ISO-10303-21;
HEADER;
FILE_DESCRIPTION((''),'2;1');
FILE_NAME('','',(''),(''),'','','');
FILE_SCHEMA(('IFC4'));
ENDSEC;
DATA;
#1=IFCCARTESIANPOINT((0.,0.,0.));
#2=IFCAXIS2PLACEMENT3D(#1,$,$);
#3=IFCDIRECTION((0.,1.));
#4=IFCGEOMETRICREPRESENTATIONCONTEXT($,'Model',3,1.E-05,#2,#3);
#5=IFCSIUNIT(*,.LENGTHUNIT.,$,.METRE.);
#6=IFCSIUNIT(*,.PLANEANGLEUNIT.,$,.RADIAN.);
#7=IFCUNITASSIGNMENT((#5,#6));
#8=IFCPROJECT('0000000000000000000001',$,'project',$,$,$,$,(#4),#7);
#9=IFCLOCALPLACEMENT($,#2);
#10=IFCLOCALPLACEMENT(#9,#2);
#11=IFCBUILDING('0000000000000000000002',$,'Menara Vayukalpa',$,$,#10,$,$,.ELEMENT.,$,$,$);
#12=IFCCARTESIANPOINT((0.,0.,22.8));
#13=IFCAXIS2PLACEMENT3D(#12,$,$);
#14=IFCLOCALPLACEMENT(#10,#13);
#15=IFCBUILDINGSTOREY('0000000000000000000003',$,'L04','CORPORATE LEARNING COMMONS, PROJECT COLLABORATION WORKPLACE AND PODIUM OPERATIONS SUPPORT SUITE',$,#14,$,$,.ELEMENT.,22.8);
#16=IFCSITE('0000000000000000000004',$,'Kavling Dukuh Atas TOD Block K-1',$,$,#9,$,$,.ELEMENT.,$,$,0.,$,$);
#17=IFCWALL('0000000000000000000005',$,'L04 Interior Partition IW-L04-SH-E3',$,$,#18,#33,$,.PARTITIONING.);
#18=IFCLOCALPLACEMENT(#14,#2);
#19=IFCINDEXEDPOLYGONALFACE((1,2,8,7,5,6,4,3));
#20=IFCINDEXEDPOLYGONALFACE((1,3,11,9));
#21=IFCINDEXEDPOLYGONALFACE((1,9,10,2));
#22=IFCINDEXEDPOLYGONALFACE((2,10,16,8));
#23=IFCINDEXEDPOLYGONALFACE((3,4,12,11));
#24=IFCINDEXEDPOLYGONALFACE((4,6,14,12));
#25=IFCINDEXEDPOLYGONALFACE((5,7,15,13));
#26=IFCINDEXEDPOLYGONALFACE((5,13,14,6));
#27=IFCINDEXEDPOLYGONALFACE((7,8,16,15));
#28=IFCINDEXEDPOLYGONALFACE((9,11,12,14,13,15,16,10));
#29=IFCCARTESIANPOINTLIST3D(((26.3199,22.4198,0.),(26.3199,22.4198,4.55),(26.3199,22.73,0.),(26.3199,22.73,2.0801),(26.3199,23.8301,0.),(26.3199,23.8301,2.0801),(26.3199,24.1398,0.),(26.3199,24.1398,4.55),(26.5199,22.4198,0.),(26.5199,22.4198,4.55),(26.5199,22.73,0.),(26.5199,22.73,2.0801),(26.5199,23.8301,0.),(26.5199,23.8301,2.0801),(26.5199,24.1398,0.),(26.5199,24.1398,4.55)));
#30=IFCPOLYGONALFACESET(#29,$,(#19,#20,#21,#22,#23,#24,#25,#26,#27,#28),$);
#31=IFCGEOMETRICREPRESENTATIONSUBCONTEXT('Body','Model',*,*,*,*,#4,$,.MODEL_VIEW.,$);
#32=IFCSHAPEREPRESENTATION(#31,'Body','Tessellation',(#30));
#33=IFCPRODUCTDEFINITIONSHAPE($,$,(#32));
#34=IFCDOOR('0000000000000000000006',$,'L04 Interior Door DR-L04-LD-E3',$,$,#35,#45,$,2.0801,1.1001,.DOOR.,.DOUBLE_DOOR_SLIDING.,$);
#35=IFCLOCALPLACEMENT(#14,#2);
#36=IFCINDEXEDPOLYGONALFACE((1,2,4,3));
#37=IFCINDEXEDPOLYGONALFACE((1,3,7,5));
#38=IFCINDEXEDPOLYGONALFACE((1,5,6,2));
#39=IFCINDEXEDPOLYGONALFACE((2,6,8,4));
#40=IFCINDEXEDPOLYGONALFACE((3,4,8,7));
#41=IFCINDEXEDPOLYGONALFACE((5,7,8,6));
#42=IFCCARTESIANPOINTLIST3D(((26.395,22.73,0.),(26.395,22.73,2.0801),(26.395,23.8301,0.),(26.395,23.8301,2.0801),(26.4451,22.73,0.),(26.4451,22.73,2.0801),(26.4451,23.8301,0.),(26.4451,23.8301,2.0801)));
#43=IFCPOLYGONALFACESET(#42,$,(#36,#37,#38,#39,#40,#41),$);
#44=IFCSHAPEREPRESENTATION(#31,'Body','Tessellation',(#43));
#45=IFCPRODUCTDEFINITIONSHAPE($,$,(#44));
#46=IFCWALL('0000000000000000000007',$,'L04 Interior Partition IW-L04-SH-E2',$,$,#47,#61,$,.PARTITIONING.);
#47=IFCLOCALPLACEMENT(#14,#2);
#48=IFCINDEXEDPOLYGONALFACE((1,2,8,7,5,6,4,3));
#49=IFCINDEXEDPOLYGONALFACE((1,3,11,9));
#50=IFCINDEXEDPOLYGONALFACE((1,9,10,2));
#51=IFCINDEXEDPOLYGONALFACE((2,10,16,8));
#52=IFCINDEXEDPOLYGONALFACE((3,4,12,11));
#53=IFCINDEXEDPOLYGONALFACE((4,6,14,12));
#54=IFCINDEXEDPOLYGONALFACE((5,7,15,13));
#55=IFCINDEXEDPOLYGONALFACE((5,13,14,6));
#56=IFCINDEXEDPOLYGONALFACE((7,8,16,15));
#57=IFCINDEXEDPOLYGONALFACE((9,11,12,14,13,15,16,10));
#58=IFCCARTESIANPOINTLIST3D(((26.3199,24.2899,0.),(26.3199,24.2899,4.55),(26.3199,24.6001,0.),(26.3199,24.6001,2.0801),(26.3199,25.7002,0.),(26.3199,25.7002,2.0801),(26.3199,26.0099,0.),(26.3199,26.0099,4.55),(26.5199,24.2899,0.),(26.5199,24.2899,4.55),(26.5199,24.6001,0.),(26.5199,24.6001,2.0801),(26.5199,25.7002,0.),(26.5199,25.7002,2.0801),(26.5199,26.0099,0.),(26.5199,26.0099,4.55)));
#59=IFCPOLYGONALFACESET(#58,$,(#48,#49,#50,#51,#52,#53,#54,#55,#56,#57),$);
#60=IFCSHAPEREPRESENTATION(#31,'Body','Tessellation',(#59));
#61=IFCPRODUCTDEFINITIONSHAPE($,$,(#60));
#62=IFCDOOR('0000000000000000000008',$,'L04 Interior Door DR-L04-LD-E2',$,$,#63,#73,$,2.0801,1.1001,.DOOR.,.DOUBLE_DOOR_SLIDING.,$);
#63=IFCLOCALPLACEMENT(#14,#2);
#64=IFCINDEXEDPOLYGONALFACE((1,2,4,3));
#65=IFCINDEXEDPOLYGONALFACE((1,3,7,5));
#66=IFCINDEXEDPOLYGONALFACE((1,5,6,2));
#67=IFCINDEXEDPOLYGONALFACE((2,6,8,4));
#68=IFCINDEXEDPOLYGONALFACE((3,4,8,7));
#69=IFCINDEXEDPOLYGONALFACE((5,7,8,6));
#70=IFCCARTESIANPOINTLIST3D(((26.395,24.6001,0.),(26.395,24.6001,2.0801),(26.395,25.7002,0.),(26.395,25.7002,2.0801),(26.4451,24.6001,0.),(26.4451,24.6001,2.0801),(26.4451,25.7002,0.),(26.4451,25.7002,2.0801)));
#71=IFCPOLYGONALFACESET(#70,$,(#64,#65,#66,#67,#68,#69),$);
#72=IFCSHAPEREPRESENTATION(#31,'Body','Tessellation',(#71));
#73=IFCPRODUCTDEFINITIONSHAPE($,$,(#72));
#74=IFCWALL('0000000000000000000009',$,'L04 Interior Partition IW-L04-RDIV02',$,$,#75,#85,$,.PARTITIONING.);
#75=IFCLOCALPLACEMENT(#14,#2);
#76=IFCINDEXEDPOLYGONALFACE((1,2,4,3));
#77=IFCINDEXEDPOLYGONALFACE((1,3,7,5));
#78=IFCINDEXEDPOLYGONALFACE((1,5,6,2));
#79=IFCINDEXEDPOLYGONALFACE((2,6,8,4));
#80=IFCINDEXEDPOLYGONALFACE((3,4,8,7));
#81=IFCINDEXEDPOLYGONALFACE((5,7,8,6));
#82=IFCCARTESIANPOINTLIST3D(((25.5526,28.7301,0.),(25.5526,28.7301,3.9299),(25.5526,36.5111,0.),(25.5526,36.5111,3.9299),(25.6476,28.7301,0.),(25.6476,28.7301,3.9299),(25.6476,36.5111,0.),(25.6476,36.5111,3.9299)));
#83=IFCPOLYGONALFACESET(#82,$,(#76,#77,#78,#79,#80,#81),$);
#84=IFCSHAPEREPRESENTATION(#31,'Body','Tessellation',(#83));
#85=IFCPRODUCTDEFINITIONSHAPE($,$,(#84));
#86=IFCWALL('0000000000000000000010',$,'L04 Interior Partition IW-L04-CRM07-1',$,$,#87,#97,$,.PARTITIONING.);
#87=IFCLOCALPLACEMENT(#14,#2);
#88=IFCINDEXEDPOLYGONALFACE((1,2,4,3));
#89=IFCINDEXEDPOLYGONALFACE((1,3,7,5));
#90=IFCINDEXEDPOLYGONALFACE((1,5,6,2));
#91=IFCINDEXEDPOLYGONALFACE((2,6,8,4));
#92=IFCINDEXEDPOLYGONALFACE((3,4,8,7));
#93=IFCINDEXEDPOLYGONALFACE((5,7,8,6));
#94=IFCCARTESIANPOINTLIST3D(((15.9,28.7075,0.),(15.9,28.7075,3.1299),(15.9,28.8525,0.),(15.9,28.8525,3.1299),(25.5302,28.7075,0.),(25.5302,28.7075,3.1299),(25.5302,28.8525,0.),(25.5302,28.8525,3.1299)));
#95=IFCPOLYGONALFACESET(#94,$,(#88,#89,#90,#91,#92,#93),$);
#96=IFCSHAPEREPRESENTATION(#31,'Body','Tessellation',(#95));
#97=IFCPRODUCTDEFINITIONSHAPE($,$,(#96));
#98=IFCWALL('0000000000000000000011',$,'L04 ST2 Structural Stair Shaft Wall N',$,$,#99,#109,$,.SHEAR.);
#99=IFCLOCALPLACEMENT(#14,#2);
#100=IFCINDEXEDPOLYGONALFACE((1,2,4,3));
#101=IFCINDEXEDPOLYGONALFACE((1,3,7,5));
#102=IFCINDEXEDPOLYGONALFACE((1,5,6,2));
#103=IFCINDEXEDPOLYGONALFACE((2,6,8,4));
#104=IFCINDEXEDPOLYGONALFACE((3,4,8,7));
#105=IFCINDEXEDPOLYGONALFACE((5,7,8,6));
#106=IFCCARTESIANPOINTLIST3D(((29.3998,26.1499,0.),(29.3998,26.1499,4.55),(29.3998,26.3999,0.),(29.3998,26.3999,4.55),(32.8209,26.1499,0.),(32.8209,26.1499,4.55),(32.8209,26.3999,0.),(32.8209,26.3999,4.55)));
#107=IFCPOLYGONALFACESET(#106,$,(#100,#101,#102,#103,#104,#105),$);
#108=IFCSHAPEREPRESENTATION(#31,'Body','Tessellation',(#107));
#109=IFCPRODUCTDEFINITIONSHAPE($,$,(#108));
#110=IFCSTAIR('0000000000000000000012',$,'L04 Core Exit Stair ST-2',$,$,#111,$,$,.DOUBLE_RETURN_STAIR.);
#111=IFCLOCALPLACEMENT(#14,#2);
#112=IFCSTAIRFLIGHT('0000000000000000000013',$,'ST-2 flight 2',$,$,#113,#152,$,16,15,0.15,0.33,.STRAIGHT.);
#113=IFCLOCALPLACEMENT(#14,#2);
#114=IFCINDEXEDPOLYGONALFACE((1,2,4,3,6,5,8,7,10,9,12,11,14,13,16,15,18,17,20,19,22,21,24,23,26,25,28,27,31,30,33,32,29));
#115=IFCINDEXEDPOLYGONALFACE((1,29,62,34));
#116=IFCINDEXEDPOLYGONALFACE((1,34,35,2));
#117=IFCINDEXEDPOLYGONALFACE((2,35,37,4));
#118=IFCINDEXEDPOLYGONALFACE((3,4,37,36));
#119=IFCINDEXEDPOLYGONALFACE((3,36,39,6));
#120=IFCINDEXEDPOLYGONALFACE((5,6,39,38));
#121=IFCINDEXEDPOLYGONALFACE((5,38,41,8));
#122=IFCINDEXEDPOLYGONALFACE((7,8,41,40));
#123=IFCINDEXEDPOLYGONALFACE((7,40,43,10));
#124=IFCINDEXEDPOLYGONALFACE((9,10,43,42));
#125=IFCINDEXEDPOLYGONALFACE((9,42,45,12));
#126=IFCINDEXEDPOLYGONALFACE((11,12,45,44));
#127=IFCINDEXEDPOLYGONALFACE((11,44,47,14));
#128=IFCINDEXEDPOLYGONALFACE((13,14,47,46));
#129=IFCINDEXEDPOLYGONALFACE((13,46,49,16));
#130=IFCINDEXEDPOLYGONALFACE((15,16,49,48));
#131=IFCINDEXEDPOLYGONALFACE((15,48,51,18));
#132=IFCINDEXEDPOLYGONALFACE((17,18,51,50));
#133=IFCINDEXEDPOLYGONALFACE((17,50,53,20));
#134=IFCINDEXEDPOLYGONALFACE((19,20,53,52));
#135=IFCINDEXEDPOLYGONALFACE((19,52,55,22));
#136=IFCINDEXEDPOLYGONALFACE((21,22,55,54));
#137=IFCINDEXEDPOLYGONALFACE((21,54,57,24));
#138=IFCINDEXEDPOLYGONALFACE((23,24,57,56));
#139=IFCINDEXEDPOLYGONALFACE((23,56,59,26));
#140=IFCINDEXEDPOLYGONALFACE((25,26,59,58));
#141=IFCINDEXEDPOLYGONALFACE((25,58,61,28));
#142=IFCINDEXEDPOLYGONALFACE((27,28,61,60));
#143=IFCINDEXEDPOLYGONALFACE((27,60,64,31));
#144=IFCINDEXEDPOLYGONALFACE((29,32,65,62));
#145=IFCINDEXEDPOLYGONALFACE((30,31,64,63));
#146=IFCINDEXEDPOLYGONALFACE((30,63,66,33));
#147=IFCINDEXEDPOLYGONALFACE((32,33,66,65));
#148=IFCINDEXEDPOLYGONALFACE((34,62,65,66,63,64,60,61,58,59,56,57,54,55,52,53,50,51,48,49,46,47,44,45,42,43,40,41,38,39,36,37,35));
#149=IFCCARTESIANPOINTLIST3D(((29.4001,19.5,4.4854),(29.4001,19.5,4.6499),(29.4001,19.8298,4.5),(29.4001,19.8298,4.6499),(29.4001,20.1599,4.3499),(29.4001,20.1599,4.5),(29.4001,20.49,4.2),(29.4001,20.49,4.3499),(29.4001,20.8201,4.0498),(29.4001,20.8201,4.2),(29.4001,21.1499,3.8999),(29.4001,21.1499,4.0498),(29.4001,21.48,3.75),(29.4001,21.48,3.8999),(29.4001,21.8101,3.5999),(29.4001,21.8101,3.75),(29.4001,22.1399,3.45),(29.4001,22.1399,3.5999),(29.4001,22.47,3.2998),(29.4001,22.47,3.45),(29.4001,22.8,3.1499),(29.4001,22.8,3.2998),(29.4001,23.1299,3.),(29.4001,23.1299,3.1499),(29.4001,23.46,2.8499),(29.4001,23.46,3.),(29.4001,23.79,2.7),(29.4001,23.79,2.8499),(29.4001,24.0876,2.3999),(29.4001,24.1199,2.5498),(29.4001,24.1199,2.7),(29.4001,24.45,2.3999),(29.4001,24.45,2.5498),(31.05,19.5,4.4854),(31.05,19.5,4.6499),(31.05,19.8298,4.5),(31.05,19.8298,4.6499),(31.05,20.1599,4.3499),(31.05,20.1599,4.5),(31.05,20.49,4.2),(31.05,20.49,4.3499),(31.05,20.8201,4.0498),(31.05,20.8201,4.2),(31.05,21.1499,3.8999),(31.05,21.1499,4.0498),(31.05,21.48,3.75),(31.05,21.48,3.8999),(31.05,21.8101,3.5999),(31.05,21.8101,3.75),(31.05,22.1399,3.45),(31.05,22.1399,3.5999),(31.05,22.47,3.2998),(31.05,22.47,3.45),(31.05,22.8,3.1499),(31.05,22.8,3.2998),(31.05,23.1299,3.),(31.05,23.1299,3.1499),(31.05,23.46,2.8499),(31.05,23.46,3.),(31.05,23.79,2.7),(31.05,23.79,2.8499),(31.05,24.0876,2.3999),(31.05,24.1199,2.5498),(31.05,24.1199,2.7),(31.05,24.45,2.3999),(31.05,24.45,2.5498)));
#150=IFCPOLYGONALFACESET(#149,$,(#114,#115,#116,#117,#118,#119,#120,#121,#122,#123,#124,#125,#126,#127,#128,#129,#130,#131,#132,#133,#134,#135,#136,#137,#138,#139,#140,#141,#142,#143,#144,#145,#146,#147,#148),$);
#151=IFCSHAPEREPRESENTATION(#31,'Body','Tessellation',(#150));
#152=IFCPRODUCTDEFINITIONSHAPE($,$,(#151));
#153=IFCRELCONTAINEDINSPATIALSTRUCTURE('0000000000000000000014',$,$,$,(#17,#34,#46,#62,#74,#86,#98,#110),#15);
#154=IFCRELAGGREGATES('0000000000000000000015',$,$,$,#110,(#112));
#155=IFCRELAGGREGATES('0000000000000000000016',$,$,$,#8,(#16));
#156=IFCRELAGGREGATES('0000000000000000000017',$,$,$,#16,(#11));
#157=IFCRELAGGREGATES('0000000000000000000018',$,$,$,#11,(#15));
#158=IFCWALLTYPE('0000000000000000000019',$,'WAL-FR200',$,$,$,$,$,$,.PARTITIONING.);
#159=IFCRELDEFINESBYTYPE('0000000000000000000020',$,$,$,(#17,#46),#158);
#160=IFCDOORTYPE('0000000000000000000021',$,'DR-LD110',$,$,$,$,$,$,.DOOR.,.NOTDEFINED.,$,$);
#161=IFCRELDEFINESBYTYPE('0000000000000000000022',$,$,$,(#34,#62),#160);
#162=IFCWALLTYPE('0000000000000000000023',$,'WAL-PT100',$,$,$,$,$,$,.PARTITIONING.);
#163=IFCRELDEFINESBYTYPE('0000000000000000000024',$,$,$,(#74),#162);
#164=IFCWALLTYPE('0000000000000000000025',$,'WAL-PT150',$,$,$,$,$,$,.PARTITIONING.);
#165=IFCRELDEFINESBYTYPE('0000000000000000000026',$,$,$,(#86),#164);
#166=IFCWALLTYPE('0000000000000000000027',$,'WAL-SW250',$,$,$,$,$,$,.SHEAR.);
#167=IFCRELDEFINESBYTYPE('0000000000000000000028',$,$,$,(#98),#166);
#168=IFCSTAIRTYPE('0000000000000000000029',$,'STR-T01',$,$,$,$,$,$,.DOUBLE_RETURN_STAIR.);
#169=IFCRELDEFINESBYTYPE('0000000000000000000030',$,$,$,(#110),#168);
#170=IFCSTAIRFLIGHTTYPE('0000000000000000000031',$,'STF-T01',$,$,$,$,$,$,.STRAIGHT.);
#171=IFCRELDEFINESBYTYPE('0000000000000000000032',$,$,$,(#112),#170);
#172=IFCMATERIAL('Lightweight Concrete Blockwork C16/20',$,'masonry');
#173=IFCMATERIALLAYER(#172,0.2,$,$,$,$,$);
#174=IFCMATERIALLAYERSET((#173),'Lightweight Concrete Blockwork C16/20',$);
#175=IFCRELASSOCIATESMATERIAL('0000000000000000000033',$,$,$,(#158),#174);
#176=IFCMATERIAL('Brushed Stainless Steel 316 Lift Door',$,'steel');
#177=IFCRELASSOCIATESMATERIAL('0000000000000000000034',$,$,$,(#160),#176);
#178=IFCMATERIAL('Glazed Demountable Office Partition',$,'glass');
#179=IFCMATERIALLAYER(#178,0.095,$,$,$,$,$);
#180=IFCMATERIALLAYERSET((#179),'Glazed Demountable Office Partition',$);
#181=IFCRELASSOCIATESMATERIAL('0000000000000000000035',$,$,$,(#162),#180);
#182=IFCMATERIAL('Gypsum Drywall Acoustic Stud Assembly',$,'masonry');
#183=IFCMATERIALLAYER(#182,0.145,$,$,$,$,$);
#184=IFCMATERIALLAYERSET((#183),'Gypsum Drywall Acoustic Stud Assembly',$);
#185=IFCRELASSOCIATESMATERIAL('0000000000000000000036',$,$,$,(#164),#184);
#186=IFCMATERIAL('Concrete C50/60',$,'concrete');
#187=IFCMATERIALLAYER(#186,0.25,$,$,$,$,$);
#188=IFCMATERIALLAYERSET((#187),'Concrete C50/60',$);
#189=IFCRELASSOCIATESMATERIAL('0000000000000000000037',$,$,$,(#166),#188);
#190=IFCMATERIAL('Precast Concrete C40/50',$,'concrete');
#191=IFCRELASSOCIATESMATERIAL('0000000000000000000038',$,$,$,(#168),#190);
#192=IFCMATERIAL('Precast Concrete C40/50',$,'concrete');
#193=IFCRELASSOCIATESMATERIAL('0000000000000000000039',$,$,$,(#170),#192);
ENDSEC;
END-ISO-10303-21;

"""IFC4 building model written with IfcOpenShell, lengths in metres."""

from ifc_helpers import new_model, si_unit, direction, frame, frame_2d, origin, place, context, subcontext, project, spatial, polyline, rectangle, outline, extrude, material, layer, layer_set, type_object, element, fill, aggregate, save


model = new_model("IFC4")

# Units and contexts
model_context = context("Model", 3, precision=1e-05, world=origin(), true_north=direction((0.0, 1.0)))
body_context = subcontext(model_context, "Body", "Model", "MODEL_VIEW")
ifc_project = project(units=[si_unit("LENGTHUNIT", "METRE"), si_unit("PLANEANGLEUNIT", "RADIAN")], contexts=[model_context])

# Site, building, storey
site_placement = place(None, origin())
site = spatial("IfcSite", under=ifc_project, at=site_placement, Name="Kavling Dukuh Atas TOD Block K-1", CompositionType="ELEMENT", RefElevation=0.0)
building_placement = place(site_placement, origin())
building = spatial("IfcBuilding", under=site, at=building_placement, Name="Menara Vayukalpa", CompositionType="ELEMENT")
storey_placement = place(building_placement, frame((0.0, 0.0, 22.8)))
storey = spatial("IfcBuildingStorey", under=building, at=storey_placement, Name="L04", Description="CORPORATE LEARNING COMMONS, PROJECT COLLABORATION WORKPLACE AND PODIUM OPERATIONS SUPPORT SUITE", CompositionType="ELEMENT", Elevation=22.8)

# Walls, openings, doors
ifc_material_1 = material(Name="Lightweight Concrete Blockwork C16/20", Category="masonry")
ifc_layer_1 = layer(ifc_material_1, 0.2)
ifc_layer_set_1 = layer_set([ifc_layer_1], Name="Lightweight Concrete Blockwork C16/20")
wall_type_1 = type_object("IfcWallType", Name="WAL-FR200", PredefinedType="PARTITIONING", material=ifc_layer_set_1)
ifc_material_2 = material(Name="Brushed Stainless Steel 316 Lift Door", Category="steel")
door_type = type_object("IfcDoorType", Name="DR-LD110", OperationType="NOTDEFINED", PredefinedType="DOOR", material=ifc_material_2)
wall_1_placement = place(storey_placement, frame((26.4199, 22.4199, 0.0), z_axis=(0.0, 0.0, 1.0), x_axis=(0.0, 1.0, 0.0)))
wall_1 = element("IfcWall", 1, at=wall_1_placement, inside=storey, type_object=wall_type_1, Name="L04 Interior Partition IW-L04-SH-E3", PredefinedType="PARTITIONING", context=body_context, shape_type="SweptSolid", body=[
    extrude(rectangle(XDim=1.72, YDim=0.2, at=frame_2d((0.8599, 0.0))), origin(), (0.0, 0.0, 1.0), 4.55),
])
opening_1_placement = place(wall_1_placement, frame((0.3101, 0.0, 0.0)))
opening_1 = element("IfcOpeningElement", 2, at=opening_1_placement, cuts=wall_1, PredefinedType="OPENING", context=body_context, shape_type="SweptSolid", body=[
    extrude(rectangle(XDim=1.1001, YDim=2.0801, at=frame_2d((0.55, 1.04))), frame((0.0, 0.1099, 0.0), z_axis=(0.0, -1.0, 0.0), x_axis=(1.0, 0.0, 0.0)), (0.0, 0.0, 1.0), 0.22),
])
door_1_placement = place(opening_1_placement, origin())
door_1 = element("IfcDoor", 3, at=door_1_placement, inside=storey, type_object=door_type, Name="L04 Interior Door DR-L04-LD-E3", OperationType="DOUBLE_DOOR_SLIDING", OverallHeight=2.0801, OverallWidth=1.1001, PredefinedType="DOOR", context=body_context, shape_type="SweptSolid", body=[
    extrude(rectangle(XDim=1.1001, YDim=2.0801, at=frame_2d((0.55, 1.04))), frame((0.0, 0.0249, 0.0), z_axis=(0.0, -1.0, 0.0), x_axis=(1.0, 0.0, 0.0)), (0.0, 0.0, 1.0), 0.05),
])
fill(opening_1, door_1)
wall_2_placement = place(storey_placement, frame((26.4199, 24.29, 0.0), z_axis=(0.0, 0.0, 1.0), x_axis=(0.0, 1.0, 0.0)))
wall_2 = element("IfcWall", 4, at=wall_2_placement, inside=storey, type_object=wall_type_1, Name="L04 Interior Partition IW-L04-SH-E2", PredefinedType="PARTITIONING", context=body_context, shape_type="SweptSolid", body=[
    extrude(rectangle(XDim=1.72, YDim=0.2, at=frame_2d((0.8599, 0.0))), origin(), (0.0, 0.0, 1.0), 4.55),
])
opening_2_placement = place(wall_2_placement, frame((0.3101, 0.0, 0.0)))
opening_2 = element("IfcOpeningElement", 5, at=opening_2_placement, cuts=wall_2, PredefinedType="OPENING", context=body_context, shape_type="SweptSolid", body=[
    extrude(rectangle(XDim=1.1001, YDim=2.0801, at=frame_2d((0.55, 1.04))), frame((0.0, 0.1099, 0.0), z_axis=(0.0, -1.0, 0.0), x_axis=(1.0, 0.0, 0.0)), (0.0, 0.0, 1.0), 0.22),
])
door_2_placement = place(opening_2_placement, origin())
door_2 = element("IfcDoor", 6, at=door_2_placement, inside=storey, type_object=door_type, Name="L04 Interior Door DR-L04-LD-E2", OperationType="DOUBLE_DOOR_SLIDING", OverallHeight=2.0801, OverallWidth=1.1001, PredefinedType="DOOR", context=body_context, shape_type="SweptSolid", body=[
    extrude(rectangle(XDim=1.1001, YDim=2.0801, at=frame_2d((0.55, 1.04))), frame((0.0, 0.0249, 0.0), z_axis=(0.0, -1.0, 0.0), x_axis=(1.0, 0.0, 0.0)), (0.0, 0.0, 1.0), 0.05),
])
fill(opening_2, door_2)

# Walls
ifc_material_3 = material(Name="Glazed Demountable Office Partition", Category="glass")
ifc_layer_2 = layer(ifc_material_3, 0.095)
ifc_layer_set_2 = layer_set([ifc_layer_2], Name="Glazed Demountable Office Partition")
wall_type_2 = type_object("IfcWallType", Name="WAL-PT100", PredefinedType="PARTITIONING", material=ifc_layer_set_2)
wall_3_placement = place(storey_placement, frame((25.6001, 28.73, 0.0), z_axis=(0.0, 0.0, 1.0), x_axis=(0.0, 1.0, 0.0)))
element("IfcWall", 7, at=wall_3_placement, inside=storey, type_object=wall_type_2, Name="L04 Interior Partition IW-L04-RDIV02", PredefinedType="PARTITIONING", context=body_context, shape_type="SweptSolid", body=[
    extrude(rectangle(XDim=7.781, YDim=0.095, at=frame_2d((3.8906, 0.0))), origin(), (0.0, 0.0, 1.0), 3.9299),
])
ifc_material_4 = material(Name="Gypsum Drywall Acoustic Stud Assembly", Category="masonry")
ifc_layer_3 = layer(ifc_material_4, 0.145)
ifc_layer_set_3 = layer_set([ifc_layer_3], Name="Gypsum Drywall Acoustic Stud Assembly")
wall_type_3 = type_object("IfcWallType", Name="WAL-PT150", PredefinedType="PARTITIONING", material=ifc_layer_set_3)
wall_4_placement = place(storey_placement, frame((25.53, 28.78, 0.0), z_axis=(0.0, 0.0, 1.0), x_axis=(-1.0, 0.0, 0.0)))
element("IfcWall", 8, at=wall_4_placement, inside=storey, type_object=wall_type_3, Name="L04 Interior Partition IW-L04-CRM07-1", PredefinedType="PARTITIONING", context=body_context, shape_type="SweptSolid", body=[
    extrude(rectangle(XDim=9.6301, YDim=0.145, at=frame_2d((4.8149, 0.0))), origin(), (0.0, 0.0, 1.0), 3.1299),
])
ifc_material_5 = material(Name="Concrete C50/60", Category="concrete")
ifc_layer_4 = layer(ifc_material_5, 0.25)
ifc_layer_set_4 = layer_set([ifc_layer_4], Name="Concrete C50/60")
wall_type_4 = type_object("IfcWallType", Name="WAL-SW250", PredefinedType="SHEAR", material=ifc_layer_set_4)
wall_5_placement = place(storey_placement, frame((29.3999, 26.2749, 0.0), z_axis=(0.0, 0.0, 1.0), x_axis=(1.0, 0.0, 0.0)))
element("IfcWall", 9, at=wall_5_placement, inside=storey, type_object=wall_type_4, Name="L04 ST2 Structural Stair Shaft Wall N", PredefinedType="SHEAR", context=body_context, shape_type="SweptSolid", body=[
    extrude(rectangle(XDim=3.4211, YDim=0.25, at=frame_2d((1.7104, 0.0))), origin(), (0.0, 0.0, 1.0), 4.55),
])

# Stair, stair flight
ifc_material_6 = material(Name="Precast Concrete C40/50", Category="concrete")
stair_type = type_object("IfcStairType", Name="STR-T01", PredefinedType="DOUBLE_RETURN_STAIR", material=ifc_material_6)
stair_placement = place(storey_placement, origin())
stair = element("IfcStair", 10, at=stair_placement, inside=storey, type_object=stair_type, Name="L04 Core Exit Stair ST-2", PredefinedType="DOUBLE_RETURN_STAIR")
ifc_material_7 = material(Name="Precast Concrete C40/50", Category="concrete")
stair_flight_type = type_object("IfcStairFlightType", Name="STF-T01", PredefinedType="STRAIGHT", material=ifc_material_7)
stair_flight_placement = place(storey_placement, frame((30.2251, 24.45, 2.3999), z_axis=(0.0, 0.0, 1.0), x_axis=(0.0, -1.0, 0.0)))
stair_flight = element("IfcStairFlight", 11, at=stair_flight_placement, type_object=stair_flight_type, Name="ST-2 flight 2", NumberOfRisers=16, NumberOfTreads=15, PredefinedType="STRAIGHT", RiserHeight=0.15, TreadLength=0.33, context=body_context, shape_type="SweptSolid", body=[
    extrude(outline(polyline([(0.0, 0.0), (0.0, 0.1499), (0.3301, 0.1499), (0.3301, 0.3), (0.6599, 0.3), (0.6599, 0.45), (0.99, 0.45), (0.99, 0.6001), (1.3201, 0.6001), (1.3201, 0.75), (1.6499, 0.75), (1.6499, 0.8999), (1.98, 0.8999), (1.98, 1.05), (2.3101, 1.05), (2.3101, 1.2), (2.6399, 1.2), (2.6399, 1.3501), (2.97, 1.3501), (2.97, 1.5), (3.3, 1.5), (3.3, 1.6499), (3.6299, 1.6499), (3.6299, 1.8), (3.96, 1.8), (3.96, 1.95), (4.29, 1.95), (4.29, 2.1001), (4.6201, 2.1001), (4.6201, 2.25), (4.95, 2.25), (4.95, 2.3999), (4.95, 2.0854), (0.3623, 0.0), (0.0, 0.0)])), frame((0.0, 0.825, 0.0), z_axis=(0.0, -1.0, 0.0), x_axis=(1.0, 0.0, 0.0)), (0.0, 0.0, 1.0), 1.6499),
])
aggregate(stair, [stair_flight])

save(model, "model.ifc")
